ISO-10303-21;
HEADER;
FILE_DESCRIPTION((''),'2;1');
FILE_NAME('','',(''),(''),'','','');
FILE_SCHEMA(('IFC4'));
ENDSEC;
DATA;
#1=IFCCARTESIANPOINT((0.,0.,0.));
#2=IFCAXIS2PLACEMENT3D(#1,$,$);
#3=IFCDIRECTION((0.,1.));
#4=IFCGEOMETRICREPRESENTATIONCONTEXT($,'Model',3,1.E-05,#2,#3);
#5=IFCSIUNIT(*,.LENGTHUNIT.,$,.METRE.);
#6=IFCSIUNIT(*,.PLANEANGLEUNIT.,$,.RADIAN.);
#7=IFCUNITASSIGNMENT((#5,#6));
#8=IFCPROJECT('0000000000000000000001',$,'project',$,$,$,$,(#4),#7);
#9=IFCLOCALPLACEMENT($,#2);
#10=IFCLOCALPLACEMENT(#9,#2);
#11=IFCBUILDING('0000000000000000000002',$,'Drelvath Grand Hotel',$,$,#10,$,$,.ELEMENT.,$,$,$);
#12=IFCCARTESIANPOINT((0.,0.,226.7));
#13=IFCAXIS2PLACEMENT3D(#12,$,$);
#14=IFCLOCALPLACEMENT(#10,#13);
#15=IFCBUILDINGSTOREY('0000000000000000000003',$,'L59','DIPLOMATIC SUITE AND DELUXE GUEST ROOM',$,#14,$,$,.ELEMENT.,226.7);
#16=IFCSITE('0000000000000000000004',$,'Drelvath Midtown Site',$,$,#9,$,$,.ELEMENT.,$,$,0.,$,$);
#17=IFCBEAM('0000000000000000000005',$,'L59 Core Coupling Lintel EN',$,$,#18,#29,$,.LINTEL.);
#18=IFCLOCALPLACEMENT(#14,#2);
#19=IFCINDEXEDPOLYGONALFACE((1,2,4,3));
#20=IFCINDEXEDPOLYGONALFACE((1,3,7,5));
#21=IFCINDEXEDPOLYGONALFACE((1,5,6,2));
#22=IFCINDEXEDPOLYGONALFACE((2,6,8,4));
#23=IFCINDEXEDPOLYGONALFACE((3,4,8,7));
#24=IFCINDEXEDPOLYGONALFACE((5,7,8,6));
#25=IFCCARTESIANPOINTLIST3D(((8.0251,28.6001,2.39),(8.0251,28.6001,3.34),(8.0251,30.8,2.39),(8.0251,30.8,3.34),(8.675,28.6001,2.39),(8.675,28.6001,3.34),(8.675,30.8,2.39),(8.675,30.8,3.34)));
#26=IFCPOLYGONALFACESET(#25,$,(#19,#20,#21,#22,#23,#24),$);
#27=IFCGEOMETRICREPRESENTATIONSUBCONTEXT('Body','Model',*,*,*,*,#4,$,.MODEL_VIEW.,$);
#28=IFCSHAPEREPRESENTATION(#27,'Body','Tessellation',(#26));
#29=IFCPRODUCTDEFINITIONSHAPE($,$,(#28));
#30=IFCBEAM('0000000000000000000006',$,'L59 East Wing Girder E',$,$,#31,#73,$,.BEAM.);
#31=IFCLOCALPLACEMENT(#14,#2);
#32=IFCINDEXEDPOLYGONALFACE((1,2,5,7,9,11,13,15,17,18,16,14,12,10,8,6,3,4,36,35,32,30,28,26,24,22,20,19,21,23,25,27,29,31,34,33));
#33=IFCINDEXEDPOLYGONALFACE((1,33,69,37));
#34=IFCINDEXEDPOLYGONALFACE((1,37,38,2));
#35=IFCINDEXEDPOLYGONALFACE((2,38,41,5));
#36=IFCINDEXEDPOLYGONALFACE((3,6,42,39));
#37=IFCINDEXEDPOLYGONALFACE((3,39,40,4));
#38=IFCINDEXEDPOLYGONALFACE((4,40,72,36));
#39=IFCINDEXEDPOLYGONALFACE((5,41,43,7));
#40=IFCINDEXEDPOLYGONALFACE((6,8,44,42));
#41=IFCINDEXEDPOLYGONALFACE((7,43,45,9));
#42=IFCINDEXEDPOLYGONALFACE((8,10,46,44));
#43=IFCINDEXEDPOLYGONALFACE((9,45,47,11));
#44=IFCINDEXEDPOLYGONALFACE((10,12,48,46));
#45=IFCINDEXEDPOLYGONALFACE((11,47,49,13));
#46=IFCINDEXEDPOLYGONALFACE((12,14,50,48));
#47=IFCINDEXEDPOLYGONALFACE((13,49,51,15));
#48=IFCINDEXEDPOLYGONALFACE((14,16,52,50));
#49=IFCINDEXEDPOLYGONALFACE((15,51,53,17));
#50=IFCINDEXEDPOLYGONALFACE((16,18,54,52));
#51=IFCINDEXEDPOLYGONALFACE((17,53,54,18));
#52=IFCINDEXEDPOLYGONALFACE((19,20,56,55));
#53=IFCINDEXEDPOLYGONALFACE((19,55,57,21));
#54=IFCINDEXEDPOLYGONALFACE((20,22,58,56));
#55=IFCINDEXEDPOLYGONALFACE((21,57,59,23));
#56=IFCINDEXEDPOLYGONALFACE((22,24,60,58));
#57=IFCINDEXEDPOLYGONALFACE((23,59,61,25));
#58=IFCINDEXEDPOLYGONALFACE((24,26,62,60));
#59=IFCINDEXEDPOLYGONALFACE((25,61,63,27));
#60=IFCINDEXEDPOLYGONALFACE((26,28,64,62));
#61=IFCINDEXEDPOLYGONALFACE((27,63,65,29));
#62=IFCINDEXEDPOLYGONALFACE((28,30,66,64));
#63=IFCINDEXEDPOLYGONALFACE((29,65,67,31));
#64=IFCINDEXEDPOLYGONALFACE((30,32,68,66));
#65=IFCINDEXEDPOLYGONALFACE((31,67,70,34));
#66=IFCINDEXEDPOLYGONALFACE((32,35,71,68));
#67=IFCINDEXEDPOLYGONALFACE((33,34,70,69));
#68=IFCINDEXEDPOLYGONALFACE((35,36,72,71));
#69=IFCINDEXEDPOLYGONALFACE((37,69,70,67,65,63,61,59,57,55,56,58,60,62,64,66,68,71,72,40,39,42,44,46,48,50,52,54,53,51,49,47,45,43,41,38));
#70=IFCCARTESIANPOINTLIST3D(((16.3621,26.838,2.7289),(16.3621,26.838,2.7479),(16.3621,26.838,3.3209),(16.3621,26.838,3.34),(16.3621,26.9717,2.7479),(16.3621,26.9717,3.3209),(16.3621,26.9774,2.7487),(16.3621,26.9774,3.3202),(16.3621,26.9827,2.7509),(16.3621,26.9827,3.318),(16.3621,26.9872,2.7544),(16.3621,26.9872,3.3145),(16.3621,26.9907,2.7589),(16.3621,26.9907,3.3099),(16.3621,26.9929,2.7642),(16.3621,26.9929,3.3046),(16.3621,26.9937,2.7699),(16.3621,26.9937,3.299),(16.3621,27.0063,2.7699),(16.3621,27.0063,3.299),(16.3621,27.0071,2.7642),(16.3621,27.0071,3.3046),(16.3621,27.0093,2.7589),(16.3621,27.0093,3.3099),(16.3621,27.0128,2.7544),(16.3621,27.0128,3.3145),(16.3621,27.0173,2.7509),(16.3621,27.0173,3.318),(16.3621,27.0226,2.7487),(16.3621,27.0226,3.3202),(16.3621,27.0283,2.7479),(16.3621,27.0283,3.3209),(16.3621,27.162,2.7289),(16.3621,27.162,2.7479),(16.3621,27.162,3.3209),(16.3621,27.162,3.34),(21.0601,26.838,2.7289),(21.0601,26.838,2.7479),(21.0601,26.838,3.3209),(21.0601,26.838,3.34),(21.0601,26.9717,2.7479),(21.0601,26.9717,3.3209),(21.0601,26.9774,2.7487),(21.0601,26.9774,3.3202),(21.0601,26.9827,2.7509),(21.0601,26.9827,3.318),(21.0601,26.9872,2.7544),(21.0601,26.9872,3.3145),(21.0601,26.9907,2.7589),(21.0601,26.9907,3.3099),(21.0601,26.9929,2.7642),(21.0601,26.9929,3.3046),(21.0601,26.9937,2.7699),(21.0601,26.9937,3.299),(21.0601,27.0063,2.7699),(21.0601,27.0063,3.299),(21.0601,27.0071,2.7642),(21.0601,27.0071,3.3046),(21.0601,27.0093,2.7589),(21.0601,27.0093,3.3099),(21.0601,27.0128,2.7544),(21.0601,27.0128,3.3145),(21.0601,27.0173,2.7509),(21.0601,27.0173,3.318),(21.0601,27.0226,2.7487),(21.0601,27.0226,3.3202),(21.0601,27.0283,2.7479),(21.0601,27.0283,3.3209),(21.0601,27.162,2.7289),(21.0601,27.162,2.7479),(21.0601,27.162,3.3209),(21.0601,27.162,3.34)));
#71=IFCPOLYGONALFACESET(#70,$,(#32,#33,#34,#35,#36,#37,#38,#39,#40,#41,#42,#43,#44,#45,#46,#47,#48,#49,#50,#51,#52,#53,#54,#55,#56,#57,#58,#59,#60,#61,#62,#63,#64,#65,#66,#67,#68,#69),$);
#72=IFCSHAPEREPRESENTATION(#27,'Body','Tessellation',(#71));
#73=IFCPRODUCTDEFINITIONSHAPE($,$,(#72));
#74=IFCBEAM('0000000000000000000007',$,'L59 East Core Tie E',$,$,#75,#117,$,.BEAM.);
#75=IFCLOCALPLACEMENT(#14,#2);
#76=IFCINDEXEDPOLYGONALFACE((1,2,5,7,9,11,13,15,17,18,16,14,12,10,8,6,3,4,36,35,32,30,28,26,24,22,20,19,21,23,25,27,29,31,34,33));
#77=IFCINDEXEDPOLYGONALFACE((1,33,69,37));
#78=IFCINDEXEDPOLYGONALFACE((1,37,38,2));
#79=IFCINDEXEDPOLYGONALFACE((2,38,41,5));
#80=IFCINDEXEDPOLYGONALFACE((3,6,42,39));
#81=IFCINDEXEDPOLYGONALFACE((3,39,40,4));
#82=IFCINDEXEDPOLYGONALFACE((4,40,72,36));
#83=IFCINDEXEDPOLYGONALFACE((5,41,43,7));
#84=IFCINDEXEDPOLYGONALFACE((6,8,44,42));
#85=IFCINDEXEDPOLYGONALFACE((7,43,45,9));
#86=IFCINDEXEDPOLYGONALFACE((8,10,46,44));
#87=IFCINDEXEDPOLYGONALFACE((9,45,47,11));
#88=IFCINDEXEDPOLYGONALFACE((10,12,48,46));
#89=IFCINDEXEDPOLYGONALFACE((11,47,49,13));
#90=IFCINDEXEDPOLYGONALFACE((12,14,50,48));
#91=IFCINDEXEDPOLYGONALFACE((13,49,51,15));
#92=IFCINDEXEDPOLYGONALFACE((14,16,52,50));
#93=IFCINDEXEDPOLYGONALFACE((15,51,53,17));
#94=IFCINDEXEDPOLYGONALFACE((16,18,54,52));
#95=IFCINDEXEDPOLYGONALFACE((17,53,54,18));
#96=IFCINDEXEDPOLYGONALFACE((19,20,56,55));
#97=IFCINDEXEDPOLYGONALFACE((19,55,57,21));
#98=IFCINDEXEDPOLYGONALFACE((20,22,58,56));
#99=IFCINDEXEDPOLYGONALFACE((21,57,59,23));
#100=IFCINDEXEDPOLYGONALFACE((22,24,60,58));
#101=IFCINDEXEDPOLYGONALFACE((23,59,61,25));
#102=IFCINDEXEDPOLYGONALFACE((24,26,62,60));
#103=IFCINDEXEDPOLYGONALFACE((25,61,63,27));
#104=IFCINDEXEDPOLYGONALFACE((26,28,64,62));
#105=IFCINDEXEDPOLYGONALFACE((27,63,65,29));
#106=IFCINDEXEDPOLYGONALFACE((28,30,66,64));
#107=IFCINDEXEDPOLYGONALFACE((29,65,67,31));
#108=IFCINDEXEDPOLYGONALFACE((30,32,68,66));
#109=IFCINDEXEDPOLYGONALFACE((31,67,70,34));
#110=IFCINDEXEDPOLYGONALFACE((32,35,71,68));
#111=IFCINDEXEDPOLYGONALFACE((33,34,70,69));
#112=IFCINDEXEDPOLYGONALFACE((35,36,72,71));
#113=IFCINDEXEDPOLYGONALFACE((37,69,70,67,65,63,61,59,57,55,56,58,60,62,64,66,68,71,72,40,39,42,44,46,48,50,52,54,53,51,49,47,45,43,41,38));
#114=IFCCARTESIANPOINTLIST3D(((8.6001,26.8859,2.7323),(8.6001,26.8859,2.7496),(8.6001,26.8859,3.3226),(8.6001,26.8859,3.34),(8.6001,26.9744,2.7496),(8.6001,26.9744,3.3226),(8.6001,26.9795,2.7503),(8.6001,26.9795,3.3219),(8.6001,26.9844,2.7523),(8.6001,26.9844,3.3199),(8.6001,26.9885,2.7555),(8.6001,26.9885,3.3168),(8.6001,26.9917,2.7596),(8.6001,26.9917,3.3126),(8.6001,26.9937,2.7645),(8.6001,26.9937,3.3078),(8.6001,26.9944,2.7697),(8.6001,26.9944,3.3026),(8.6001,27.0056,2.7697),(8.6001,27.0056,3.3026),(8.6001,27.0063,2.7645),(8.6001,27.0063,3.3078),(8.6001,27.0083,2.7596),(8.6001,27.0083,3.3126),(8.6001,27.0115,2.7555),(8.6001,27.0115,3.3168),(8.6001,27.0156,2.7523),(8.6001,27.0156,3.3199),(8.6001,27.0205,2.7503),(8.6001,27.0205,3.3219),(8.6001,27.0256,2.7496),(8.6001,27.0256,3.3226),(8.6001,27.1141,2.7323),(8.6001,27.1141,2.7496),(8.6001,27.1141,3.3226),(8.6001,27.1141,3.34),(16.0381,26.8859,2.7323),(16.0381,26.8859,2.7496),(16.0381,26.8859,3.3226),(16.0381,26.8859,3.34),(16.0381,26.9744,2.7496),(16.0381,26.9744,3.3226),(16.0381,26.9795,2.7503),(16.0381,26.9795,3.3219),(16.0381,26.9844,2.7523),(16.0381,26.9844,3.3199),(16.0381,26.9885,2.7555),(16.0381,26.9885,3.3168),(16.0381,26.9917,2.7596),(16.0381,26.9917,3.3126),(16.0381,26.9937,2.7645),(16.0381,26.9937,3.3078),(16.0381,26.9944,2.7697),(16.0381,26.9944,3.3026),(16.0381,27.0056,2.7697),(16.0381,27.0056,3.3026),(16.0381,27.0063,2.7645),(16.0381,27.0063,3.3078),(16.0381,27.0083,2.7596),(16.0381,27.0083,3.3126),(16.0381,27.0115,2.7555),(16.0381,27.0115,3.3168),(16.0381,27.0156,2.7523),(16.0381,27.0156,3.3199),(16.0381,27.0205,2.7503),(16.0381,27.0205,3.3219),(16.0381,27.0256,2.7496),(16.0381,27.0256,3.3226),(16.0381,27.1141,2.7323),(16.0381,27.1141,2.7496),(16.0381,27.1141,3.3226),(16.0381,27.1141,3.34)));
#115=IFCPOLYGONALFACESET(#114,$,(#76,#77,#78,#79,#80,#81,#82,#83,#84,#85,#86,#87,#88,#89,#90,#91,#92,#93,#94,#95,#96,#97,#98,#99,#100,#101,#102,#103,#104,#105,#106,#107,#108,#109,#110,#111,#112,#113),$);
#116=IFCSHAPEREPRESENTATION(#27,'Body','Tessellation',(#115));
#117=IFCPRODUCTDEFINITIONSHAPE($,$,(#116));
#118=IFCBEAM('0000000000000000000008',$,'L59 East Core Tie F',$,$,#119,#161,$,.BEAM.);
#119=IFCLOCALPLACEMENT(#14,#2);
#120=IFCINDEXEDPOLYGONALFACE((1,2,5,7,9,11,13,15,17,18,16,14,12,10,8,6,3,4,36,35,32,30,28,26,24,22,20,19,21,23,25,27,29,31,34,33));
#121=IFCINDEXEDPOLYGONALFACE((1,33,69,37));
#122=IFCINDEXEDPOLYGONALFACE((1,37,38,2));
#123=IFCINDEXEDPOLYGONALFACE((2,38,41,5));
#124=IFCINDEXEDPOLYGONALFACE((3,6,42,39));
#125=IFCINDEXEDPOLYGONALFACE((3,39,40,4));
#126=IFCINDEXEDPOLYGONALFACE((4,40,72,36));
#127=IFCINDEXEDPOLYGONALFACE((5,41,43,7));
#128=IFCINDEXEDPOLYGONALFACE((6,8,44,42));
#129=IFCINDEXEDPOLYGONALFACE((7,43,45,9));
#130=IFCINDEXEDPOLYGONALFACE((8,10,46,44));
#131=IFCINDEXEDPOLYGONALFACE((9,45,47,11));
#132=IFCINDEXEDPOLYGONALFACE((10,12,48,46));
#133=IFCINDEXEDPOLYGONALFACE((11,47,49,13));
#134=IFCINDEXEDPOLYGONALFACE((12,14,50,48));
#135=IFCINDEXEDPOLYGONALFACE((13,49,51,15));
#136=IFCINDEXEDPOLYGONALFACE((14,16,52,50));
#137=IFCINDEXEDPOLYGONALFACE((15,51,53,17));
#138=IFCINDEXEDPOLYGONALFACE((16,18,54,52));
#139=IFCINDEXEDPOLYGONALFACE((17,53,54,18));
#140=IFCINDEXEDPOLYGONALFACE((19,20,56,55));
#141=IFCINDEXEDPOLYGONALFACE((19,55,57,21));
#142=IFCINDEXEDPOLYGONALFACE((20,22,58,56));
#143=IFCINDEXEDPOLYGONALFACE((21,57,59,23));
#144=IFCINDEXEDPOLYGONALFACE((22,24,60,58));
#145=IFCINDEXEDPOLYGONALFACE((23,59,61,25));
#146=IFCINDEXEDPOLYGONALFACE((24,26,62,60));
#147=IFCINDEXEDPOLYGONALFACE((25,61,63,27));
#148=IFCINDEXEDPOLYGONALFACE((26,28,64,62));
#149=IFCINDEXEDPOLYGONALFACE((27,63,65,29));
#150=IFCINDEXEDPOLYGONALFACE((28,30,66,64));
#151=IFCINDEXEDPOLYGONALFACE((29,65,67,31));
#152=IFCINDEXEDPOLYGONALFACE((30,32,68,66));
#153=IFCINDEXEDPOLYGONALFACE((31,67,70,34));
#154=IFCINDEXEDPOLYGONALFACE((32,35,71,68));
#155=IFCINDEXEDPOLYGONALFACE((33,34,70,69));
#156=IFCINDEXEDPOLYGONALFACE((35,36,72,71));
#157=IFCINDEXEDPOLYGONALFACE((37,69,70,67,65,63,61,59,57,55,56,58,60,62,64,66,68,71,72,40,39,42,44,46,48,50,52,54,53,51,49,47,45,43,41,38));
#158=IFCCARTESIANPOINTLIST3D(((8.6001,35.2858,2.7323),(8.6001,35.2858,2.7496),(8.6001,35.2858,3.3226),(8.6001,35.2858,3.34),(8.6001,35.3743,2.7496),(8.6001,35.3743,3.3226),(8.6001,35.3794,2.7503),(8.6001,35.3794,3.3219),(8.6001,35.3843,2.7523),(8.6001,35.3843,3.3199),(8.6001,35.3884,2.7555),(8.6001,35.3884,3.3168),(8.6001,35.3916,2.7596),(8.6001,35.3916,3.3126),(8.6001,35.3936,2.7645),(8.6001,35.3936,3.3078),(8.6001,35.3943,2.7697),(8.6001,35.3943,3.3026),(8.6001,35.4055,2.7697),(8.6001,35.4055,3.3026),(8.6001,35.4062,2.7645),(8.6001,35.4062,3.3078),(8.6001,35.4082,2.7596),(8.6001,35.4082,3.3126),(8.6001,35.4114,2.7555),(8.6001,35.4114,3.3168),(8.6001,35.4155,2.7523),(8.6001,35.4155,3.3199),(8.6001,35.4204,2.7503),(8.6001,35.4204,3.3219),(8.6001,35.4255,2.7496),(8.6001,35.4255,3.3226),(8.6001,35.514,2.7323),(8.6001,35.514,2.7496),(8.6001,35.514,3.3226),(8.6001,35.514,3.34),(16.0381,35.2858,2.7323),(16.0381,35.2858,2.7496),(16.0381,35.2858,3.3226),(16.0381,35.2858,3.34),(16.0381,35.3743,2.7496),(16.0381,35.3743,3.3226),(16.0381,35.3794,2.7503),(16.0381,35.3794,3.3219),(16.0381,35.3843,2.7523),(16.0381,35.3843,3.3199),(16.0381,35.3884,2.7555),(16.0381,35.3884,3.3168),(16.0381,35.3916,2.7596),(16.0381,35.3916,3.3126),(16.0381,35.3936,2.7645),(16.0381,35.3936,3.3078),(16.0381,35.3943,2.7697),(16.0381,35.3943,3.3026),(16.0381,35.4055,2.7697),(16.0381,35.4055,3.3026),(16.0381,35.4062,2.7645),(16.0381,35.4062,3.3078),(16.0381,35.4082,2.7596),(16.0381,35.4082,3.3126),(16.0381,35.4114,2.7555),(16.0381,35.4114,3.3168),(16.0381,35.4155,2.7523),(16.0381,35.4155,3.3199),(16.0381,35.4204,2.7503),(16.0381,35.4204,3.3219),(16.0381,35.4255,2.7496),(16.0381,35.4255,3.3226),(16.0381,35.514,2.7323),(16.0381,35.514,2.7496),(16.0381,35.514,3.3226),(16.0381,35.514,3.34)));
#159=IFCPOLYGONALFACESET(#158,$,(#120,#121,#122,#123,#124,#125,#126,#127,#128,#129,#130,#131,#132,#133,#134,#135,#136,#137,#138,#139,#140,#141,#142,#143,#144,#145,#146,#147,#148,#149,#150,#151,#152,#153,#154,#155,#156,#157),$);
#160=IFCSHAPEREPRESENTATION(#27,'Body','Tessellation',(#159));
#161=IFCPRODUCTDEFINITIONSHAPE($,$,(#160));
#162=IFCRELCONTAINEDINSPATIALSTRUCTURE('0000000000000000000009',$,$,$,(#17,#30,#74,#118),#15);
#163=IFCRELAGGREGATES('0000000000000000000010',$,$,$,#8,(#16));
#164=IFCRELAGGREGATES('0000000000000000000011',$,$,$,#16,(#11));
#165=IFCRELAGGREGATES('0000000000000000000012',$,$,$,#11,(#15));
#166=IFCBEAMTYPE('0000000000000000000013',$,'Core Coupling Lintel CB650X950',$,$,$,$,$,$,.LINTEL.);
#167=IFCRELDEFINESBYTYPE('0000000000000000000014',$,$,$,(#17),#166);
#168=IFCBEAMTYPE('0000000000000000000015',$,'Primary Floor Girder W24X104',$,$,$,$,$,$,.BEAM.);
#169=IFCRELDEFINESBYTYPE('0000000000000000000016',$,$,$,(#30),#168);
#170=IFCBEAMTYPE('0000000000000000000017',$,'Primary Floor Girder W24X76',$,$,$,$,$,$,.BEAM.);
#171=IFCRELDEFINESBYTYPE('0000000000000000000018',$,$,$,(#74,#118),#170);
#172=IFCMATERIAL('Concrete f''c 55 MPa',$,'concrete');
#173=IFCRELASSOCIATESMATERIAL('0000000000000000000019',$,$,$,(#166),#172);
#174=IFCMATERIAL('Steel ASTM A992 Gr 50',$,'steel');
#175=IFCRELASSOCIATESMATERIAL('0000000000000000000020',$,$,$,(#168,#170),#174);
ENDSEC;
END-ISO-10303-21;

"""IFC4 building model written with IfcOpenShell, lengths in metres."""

from ifc_helpers import new_model, si_unit, direction, frame, origin, origin_2d, place, context, subcontext, project, spatial, rectangle, i_section, extrude, material, material_profile, profile_set, type_object, element, save


model = new_model("IFC4")

# Units and contexts
model_context = context("Model", 3, precision=1e-05, world=origin(), true_north=direction((0.0, 1.0)))
body_context = subcontext(model_context, "Body", "Model", "MODEL_VIEW")
ifc_project = project(units=[si_unit("LENGTHUNIT", "METRE"), si_unit("PLANEANGLEUNIT", "RADIAN")], contexts=[model_context])

# Site, building, storey
site_placement = place(None, origin())
site = spatial("IfcSite", under=ifc_project, at=site_placement, Name="Drelvath Midtown Site", CompositionType="ELEMENT", RefElevation=0.0)
building_placement = place(site_placement, origin())
building = spatial("IfcBuilding", under=site, at=building_placement, Name="Drelvath Grand Hotel", CompositionType="ELEMENT")
storey_placement = place(building_placement, frame((0.0, 0.0, 226.7)))
storey = spatial("IfcBuildingStorey", under=building, at=storey_placement, Name="L59", Description="DIPLOMATIC SUITE AND DELUXE GUEST ROOM", CompositionType="ELEMENT", Elevation=226.7)

# Beams
ifc_material_1 = material(Name="Concrete f'c 55 MPa", Category="concrete")
ifc_material_profile_1 = material_profile(ifc_material_1, rectangle(XDim=0.6499, YDim=0.95, at=origin_2d()), Name="CB650X950")
ifc_profile_set_1 = profile_set([ifc_material_profile_1], Name="Concrete f'c 55 MPa")
beam_type_1 = type_object("IfcBeamType", Name="Core Coupling Lintel CB650X950", PredefinedType="LINTEL", material=ifc_profile_set_1)
beam_1_placement = place(storey_placement, frame((8.3501, 28.6001, 2.865), z_axis=(0.0, 1.0, 0.0), x_axis=(-1.0, 0.0, 0.0)))
element("IfcBeam", 1, at=beam_1_placement, inside=storey, type_object=beam_type_1, Name="L59 Core Coupling Lintel EN", PredefinedType="LINTEL", context=body_context, shape_type="SweptSolid", body=[
    extrude(rectangle(XDim=0.6499, YDim=0.95, at=origin_2d()), origin(), (0.0, 0.0, 1.0), 2.2),
])
ifc_material_2 = material(Name="Steel ASTM A992 Gr 50", Category="steel")
ifc_material_profile_2 = material_profile(ifc_material_2, i_section(OverallWidth=0.324, OverallDepth=0.6111, WebThickness=0.0127, FlangeThickness=0.019, FilletRadius=0.022, at=origin_2d()), Name="W24X104")
ifc_profile_set_2 = profile_set([ifc_material_profile_2], Name="Steel ASTM A992 Gr 50")
beam_type_2 = type_object("IfcBeamType", Name="Primary Floor Girder W24X104", PredefinedType="BEAM", material=ifc_profile_set_2)
beam_2_placement = place(storey_placement, frame((16.3621, 27.0, 3.0344), z_axis=(1.0, 0.0, 0.0), x_axis=(0.0, 1.0, 0.0)))
element("IfcBeam", 2, at=beam_2_placement, inside=storey, type_object=beam_type_2, Name="L59 East Wing Girder E", PredefinedType="BEAM", context=body_context, shape_type="SweptSolid", body=[
    extrude(i_section(OverallWidth=0.324, OverallDepth=0.6111, WebThickness=0.0127, FlangeThickness=0.019, FilletRadius=0.022, at=origin_2d()), origin(), (0.0, 0.0, 1.0), 4.698),
])
ifc_material_profile_3 = material_profile(ifc_material_2, i_section(OverallWidth=0.2283, OverallDepth=0.6077, WebThickness=0.0112, FlangeThickness=0.0173, FilletRadius=0.02, at=origin_2d()), Name="W24X76")
ifc_profile_set_3 = profile_set([ifc_material_profile_3], Name="Steel ASTM A992 Gr 50")
beam_type_3 = type_object("IfcBeamType", Name="Primary Floor Girder W24X76", PredefinedType="BEAM", material=ifc_profile_set_3)
for number, where, z_axis, x_axis, name in (
    (3, (8.6001, 27.0, 3.0361), (1.0, 0.0, 0.0), (0.0, 1.0, 0.0), "L59 East Core Tie E"),
    (4, (8.6001, 35.3999, 3.0361), (1.0, 0.0, 0.0), (0.0, 1.0, 0.0), "L59 East Core Tie F"),
):
    element("IfcBeam", number, at=place(storey_placement, frame(where, z_axis=z_axis, x_axis=x_axis)), inside=storey, type_object=beam_type_3, Name=name, PredefinedType="BEAM", context=body_context, shape_type="SweptSolid", body=[
        extrude(i_section(OverallWidth=0.2283, OverallDepth=0.6077, WebThickness=0.0112, FlangeThickness=0.0173, FilletRadius=0.02, at=origin_2d()), origin(), (0.0, 0.0, 1.0), 7.438),
    ])

save(model, "model.ifc")
